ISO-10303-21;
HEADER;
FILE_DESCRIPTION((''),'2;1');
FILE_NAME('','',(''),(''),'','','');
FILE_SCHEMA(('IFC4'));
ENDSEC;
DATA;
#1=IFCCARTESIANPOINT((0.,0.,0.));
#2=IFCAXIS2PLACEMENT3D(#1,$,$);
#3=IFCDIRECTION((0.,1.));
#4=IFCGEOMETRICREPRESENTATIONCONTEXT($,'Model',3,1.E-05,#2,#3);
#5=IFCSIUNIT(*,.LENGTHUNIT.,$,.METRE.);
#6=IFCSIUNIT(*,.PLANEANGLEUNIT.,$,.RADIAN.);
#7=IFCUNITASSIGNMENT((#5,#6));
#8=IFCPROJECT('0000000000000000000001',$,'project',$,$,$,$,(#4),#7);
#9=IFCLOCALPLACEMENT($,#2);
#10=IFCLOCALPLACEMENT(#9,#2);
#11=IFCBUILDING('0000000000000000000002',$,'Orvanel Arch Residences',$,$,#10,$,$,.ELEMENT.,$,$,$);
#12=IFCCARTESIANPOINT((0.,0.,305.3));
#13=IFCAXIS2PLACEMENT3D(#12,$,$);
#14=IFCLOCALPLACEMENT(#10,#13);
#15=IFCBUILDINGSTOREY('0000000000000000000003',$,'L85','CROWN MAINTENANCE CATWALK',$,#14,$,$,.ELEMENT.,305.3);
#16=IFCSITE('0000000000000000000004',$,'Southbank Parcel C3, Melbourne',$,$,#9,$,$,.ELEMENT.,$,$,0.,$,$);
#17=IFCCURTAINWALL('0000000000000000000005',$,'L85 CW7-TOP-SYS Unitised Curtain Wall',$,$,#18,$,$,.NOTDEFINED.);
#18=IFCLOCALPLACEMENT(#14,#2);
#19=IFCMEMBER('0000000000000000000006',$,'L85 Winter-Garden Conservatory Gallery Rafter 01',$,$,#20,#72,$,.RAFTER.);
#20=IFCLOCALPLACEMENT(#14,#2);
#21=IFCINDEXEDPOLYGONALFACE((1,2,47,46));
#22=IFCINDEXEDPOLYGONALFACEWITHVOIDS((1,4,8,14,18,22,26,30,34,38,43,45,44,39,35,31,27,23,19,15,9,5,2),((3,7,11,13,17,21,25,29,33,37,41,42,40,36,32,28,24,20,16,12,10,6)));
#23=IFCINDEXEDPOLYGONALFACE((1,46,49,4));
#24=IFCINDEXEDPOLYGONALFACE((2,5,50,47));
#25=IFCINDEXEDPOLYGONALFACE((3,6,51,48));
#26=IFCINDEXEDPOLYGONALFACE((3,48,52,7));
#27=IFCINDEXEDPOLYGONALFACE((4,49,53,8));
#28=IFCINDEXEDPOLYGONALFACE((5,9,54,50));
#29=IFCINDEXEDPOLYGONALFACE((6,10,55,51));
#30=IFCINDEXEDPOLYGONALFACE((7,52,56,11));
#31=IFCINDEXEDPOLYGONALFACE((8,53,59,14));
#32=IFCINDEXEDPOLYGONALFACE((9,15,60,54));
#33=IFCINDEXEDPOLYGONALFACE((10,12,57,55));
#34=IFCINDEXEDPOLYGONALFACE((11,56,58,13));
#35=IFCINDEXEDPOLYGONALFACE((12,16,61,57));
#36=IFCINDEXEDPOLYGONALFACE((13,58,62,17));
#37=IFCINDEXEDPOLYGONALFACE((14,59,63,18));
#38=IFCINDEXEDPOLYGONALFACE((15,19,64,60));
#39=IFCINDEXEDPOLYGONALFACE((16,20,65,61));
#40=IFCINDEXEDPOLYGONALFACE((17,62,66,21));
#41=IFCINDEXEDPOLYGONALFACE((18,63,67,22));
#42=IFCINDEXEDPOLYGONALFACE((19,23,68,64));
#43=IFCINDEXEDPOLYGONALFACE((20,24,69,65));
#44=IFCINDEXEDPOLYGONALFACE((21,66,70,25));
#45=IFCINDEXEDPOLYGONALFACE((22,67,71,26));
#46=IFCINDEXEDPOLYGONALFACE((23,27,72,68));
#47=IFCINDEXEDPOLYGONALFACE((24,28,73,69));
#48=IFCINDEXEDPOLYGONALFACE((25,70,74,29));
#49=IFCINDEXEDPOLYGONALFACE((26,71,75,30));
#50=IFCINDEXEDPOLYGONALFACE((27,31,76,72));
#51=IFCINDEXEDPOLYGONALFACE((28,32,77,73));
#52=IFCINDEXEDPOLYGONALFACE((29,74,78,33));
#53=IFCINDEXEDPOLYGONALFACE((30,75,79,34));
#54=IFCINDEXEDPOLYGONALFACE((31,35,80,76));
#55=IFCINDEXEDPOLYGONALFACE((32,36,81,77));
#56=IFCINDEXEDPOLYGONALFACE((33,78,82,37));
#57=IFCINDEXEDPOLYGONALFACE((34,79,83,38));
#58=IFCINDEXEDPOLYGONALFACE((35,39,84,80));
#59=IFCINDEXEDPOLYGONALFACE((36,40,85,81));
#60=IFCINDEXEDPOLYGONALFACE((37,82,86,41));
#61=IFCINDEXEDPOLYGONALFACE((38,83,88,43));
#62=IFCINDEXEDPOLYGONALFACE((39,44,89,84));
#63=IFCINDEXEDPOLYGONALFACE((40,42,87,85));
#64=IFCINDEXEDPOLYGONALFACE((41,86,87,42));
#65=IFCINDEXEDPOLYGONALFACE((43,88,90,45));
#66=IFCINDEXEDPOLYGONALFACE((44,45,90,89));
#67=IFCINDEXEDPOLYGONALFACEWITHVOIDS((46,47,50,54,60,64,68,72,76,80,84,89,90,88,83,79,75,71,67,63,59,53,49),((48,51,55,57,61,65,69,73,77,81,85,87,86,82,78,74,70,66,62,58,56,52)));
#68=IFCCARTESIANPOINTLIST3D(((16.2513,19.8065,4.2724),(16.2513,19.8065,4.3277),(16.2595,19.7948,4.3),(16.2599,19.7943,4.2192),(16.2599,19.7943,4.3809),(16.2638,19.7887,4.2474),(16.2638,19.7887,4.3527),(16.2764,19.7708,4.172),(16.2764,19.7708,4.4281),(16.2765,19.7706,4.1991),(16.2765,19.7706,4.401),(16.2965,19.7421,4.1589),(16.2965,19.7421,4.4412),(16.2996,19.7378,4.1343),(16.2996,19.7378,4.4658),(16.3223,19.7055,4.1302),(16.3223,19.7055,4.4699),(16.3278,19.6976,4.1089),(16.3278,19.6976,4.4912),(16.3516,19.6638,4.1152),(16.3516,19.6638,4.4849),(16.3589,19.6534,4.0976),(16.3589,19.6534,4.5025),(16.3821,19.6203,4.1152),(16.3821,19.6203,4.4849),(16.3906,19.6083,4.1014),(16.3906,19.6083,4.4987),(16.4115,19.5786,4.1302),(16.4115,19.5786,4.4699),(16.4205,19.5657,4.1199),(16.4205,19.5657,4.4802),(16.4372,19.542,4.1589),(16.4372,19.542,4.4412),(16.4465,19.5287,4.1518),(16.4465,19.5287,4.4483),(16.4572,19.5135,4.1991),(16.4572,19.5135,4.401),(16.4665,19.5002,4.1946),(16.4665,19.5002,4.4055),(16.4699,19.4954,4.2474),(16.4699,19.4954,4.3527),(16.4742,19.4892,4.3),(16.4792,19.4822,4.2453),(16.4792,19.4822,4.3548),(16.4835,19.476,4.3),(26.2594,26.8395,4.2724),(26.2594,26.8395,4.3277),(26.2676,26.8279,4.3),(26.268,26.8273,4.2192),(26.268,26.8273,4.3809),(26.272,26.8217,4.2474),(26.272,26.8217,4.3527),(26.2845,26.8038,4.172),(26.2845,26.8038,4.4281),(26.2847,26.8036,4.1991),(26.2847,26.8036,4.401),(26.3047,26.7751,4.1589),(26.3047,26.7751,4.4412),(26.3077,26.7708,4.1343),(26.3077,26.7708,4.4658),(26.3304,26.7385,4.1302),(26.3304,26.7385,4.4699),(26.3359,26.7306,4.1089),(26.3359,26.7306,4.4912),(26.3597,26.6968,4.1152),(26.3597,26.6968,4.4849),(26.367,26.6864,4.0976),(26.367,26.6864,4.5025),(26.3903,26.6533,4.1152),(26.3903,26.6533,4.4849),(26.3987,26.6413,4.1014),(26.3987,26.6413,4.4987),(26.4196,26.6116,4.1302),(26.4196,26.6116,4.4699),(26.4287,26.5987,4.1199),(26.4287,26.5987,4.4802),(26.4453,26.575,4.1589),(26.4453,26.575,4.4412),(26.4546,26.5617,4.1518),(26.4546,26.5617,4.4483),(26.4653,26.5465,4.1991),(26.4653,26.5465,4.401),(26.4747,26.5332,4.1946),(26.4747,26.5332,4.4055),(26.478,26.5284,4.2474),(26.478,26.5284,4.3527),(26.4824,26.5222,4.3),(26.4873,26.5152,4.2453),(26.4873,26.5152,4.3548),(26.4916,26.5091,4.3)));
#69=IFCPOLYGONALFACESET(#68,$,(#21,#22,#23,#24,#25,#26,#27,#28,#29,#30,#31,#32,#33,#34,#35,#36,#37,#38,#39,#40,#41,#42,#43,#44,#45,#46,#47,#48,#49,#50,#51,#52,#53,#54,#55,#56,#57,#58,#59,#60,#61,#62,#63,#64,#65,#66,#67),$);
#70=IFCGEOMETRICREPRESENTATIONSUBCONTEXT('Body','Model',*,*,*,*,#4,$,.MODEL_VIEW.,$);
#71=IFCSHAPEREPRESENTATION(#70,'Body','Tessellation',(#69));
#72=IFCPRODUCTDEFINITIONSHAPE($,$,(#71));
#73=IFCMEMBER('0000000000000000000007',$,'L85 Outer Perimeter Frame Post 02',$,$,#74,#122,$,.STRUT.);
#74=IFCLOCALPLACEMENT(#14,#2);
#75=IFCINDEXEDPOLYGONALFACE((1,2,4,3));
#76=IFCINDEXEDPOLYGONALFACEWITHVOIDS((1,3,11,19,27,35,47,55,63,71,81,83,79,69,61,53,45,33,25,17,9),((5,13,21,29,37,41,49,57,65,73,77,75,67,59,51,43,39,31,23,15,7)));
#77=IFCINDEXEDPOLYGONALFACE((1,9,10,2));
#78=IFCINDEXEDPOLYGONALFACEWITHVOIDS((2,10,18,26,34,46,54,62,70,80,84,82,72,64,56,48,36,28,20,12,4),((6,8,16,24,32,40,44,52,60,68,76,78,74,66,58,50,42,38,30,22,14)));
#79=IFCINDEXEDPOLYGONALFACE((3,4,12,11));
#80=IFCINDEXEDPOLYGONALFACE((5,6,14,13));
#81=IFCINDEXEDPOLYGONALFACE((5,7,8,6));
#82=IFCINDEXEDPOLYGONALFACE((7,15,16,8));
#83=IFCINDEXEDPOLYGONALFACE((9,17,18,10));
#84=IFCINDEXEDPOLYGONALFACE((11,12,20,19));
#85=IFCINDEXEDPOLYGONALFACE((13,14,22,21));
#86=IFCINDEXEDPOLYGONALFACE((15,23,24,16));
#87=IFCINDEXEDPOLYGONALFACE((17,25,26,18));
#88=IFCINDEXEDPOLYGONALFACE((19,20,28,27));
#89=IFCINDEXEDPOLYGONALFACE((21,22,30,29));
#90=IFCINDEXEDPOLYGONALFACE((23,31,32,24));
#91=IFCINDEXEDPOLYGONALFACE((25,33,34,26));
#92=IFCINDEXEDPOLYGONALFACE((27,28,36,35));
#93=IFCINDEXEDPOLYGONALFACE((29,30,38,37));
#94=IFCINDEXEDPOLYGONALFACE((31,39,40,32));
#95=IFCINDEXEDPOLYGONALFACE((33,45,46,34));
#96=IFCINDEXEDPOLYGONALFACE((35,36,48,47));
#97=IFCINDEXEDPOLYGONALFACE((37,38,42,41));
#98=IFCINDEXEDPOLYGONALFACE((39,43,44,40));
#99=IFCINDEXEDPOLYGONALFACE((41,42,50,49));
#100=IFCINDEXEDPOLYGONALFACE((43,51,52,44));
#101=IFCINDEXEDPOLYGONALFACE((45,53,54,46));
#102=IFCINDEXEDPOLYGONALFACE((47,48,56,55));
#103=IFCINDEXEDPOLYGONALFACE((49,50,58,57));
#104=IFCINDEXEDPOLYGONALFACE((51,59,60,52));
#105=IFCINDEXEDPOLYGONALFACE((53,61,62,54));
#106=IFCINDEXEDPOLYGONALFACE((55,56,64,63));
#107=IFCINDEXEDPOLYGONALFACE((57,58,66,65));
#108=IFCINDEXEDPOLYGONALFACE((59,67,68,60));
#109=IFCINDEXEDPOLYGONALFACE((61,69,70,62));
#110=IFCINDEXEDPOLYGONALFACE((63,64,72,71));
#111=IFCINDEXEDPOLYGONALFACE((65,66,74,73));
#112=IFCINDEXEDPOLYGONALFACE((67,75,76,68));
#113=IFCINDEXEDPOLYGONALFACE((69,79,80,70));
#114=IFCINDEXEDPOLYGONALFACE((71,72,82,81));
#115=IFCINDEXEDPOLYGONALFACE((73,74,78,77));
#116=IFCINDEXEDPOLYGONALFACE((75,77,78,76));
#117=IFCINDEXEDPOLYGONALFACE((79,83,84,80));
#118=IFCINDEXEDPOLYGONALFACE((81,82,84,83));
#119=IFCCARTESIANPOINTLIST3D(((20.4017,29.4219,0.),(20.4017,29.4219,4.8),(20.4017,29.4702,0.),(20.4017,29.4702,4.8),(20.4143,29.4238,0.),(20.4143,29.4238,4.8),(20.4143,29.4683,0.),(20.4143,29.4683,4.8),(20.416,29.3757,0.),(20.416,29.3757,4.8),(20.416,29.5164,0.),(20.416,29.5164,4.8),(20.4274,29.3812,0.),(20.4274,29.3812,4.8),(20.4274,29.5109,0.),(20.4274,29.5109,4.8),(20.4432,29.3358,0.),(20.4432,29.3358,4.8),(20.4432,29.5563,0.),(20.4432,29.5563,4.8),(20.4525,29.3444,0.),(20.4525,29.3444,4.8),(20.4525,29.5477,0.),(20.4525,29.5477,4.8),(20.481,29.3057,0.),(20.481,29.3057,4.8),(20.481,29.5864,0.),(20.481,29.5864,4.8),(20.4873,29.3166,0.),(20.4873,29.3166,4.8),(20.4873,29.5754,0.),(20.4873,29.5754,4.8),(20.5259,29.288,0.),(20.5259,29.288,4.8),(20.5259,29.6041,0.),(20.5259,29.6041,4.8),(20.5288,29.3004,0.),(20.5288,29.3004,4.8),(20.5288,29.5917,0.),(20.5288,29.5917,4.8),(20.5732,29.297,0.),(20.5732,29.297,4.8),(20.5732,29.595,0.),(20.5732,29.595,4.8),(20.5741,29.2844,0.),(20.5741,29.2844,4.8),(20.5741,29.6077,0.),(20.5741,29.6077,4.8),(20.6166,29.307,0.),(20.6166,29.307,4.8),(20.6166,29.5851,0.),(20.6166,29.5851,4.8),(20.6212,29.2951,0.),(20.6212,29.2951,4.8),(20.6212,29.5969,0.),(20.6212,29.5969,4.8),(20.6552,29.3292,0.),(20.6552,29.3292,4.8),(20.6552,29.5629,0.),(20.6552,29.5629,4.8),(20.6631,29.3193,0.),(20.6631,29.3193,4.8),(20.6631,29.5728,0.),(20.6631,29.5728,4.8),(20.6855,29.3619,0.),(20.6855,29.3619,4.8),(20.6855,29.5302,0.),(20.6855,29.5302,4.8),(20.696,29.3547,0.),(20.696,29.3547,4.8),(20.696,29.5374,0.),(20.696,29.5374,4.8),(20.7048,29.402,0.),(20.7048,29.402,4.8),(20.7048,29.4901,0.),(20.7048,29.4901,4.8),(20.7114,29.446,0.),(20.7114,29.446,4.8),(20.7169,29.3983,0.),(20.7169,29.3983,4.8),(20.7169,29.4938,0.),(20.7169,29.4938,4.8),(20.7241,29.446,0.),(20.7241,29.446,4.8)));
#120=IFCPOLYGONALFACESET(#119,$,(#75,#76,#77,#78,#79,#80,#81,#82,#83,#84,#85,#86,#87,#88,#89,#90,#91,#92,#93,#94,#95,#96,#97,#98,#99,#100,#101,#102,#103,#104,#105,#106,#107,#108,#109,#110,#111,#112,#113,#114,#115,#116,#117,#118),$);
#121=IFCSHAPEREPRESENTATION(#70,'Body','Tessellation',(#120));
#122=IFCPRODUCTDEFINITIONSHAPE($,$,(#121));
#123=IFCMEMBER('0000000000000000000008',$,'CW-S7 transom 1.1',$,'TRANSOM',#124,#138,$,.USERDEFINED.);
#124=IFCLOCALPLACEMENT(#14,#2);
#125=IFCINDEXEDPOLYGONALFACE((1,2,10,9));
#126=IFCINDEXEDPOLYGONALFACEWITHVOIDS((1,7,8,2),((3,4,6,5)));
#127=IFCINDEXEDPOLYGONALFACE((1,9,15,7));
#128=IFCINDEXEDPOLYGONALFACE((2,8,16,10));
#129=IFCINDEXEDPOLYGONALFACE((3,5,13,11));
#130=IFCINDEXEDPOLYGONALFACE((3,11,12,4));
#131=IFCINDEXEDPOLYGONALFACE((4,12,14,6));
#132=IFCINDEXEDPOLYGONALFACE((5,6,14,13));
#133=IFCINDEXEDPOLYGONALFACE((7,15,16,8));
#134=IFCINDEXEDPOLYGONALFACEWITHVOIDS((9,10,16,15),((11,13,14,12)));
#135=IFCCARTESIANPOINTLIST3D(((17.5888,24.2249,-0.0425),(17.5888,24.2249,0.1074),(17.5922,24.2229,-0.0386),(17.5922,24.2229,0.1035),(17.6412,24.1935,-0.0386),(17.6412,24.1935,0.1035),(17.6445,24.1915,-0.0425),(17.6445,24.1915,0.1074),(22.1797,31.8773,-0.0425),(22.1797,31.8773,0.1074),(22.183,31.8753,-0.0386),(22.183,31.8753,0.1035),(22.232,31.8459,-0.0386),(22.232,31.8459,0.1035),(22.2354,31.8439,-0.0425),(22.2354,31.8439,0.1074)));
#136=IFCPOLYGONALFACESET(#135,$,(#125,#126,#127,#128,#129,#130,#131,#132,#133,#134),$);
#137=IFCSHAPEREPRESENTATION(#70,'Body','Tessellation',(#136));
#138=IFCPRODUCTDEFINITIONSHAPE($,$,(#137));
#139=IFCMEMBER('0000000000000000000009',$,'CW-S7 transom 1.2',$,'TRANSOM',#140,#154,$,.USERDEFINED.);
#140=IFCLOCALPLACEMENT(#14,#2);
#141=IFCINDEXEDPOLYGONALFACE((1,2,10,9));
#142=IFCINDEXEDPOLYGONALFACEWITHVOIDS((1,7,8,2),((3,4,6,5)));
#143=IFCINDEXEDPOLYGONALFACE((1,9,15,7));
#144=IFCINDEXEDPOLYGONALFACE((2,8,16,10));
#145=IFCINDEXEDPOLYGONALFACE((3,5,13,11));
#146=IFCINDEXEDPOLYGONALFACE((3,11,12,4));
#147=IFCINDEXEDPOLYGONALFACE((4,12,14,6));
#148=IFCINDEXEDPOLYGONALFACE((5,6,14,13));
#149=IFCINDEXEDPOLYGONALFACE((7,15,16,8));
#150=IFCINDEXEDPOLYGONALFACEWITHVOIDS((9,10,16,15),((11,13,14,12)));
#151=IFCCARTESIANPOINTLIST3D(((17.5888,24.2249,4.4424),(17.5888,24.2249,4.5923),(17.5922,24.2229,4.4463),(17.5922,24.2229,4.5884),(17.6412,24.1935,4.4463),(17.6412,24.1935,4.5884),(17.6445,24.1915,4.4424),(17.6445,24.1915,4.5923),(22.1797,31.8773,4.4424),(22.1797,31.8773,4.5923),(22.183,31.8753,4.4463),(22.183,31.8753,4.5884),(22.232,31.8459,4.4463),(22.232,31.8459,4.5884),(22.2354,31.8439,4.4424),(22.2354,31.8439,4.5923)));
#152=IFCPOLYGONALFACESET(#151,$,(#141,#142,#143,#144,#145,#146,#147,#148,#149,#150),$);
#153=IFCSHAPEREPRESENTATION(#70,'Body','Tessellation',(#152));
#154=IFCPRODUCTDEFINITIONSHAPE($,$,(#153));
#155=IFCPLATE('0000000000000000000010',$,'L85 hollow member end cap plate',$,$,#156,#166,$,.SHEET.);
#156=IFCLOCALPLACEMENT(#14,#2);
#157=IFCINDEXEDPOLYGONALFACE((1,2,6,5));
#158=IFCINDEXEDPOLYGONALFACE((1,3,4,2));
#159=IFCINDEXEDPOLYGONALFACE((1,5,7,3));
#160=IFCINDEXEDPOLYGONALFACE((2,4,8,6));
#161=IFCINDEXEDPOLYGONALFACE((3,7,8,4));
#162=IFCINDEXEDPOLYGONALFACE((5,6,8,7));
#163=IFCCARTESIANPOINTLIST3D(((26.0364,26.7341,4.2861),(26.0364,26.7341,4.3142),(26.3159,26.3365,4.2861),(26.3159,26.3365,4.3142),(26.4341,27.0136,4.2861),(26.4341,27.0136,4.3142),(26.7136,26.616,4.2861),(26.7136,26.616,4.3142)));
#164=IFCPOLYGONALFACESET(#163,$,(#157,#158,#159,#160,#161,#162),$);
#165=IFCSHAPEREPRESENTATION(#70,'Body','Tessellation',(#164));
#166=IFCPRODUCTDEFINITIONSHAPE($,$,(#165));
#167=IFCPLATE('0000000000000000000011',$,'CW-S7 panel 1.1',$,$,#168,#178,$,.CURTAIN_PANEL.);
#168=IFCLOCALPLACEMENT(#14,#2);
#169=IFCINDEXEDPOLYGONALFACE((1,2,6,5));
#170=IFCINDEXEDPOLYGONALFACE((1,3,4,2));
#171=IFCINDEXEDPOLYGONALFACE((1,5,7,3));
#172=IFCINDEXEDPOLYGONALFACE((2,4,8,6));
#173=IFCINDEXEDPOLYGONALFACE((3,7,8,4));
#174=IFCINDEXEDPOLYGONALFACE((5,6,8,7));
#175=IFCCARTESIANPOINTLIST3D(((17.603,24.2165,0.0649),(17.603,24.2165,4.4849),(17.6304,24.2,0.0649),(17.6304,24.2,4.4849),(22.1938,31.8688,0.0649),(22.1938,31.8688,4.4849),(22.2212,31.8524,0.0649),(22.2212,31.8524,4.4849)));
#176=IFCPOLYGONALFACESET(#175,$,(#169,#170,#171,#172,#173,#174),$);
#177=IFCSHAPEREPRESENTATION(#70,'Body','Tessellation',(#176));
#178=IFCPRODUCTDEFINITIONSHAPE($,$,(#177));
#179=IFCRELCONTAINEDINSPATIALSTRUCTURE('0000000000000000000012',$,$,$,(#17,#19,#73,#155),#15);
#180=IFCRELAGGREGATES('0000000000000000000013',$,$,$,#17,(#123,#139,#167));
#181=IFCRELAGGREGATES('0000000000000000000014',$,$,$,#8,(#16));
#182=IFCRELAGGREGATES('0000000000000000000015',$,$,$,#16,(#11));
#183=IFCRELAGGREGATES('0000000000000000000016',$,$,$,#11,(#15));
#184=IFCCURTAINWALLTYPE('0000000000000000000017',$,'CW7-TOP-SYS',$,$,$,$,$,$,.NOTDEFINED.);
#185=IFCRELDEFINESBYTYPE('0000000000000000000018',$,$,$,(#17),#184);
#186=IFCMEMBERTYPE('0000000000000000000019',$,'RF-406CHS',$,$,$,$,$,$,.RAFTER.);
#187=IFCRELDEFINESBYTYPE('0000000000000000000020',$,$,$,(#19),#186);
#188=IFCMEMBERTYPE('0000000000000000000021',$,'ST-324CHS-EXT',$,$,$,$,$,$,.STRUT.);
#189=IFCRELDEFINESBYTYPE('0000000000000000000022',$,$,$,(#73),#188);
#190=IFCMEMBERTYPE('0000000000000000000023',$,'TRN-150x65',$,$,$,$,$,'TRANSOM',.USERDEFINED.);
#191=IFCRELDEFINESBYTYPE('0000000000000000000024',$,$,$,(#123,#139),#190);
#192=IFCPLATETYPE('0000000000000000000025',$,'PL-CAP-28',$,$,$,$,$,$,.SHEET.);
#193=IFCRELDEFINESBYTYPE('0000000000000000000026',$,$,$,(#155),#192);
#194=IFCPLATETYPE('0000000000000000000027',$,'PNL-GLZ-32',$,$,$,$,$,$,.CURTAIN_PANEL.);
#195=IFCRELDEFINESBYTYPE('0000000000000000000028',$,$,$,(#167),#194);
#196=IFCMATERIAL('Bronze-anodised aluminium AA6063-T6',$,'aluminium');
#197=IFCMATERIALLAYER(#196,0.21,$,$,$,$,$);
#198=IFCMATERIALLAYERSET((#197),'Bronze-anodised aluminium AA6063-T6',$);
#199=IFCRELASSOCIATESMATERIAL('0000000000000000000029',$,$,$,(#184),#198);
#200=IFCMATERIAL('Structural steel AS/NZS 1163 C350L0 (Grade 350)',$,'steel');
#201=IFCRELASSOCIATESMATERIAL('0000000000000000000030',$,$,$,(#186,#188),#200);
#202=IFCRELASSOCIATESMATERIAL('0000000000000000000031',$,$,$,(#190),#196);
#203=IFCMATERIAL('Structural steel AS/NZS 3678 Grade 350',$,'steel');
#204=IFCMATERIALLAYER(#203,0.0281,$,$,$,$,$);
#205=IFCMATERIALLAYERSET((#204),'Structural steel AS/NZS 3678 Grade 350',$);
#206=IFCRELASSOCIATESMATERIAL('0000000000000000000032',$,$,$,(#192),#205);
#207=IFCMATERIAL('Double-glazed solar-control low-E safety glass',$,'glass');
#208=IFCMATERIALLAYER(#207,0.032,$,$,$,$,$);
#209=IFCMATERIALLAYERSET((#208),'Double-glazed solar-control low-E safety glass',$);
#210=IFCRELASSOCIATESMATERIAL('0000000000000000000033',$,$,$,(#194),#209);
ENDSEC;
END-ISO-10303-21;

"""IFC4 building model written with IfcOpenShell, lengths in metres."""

from ifc_helpers import new_model, si_unit, direction, frame, origin, origin_2d, place, context, subcontext, project, spatial, rectangle, hollow_rectangle, hollow_circle, extrude, material, layer, layer_set, material_profile, profile_set, type_object, element, aggregate, save


model = new_model("IFC4")

# Units and contexts
model_context = context("Model", 3, precision=1e-05, world=origin(), true_north=direction((0.0, 1.0)))
body_context = subcontext(model_context, "Body", "Model", "MODEL_VIEW")
ifc_project = project(units=[si_unit("LENGTHUNIT", "METRE"), si_unit("PLANEANGLEUNIT", "RADIAN")], contexts=[model_context])

# Site, building, storey
site_placement = place(None, origin())
site = spatial("IfcSite", under=ifc_project, at=site_placement, Name="Southbank Parcel C3, Melbourne", CompositionType="ELEMENT", RefElevation=0.0)
building_placement = place(site_placement, origin())
building = spatial("IfcBuilding", under=site, at=building_placement, Name="Orvanel Arch Residences", CompositionType="ELEMENT")
storey_placement = place(building_placement, frame((0.0, 0.0, 305.3)))
storey = spatial("IfcBuildingStorey", under=building, at=storey_placement, Name="L85", Description="CROWN MAINTENANCE CATWALK", CompositionType="ELEMENT", Elevation=305.3)

# Shared definitions
ifc_material_1 = material(Name="Structural steel AS/NZS 1163 C350L0 (Grade 350)", Category="steel")

# Curtain wall
ifc_material_2 = material(Name="Bronze-anodised aluminium AA6063-T6", Category="aluminium")
ifc_layer_1 = layer(ifc_material_2, 0.21)
ifc_layer_set_1 = layer_set([ifc_layer_1], Name="Bronze-anodised aluminium AA6063-T6")
curtain_wall_type = type_object("IfcCurtainWallType", Name="CW7-TOP-SYS", PredefinedType="NOTDEFINED", material=ifc_layer_set_1)
curtain_wall_placement = place(storey_placement, origin())
curtain_wall = element("IfcCurtainWall", 1, at=curtain_wall_placement, inside=storey, type_object=curtain_wall_type, Name="L85 CW7-TOP-SYS Unitised Curtain Wall", PredefinedType="NOTDEFINED")

# Members
ifc_material_profile_1 = material_profile(ifc_material_1, hollow_circle(Radius=0.2029, WallThickness=0.0161, at=origin_2d()), Name="CHS406x16")
ifc_profile_set_1 = profile_set([ifc_material_profile_1], Name="Structural steel AS/NZS 1163 C350L0 (Grade 350)")
member_type_1 = type_object("IfcMemberType", Name="RF-406CHS", PredefinedType="RAFTER", material=ifc_profile_set_1)
member_1_placement = place(storey_placement, frame((26.375, 26.675, 4.3), z_axis=(-0.818181, -0.57496, 0.0), x_axis=(0.57496, -0.818181, 0.0)))
element("IfcMember", 2, at=member_1_placement, inside=storey, type_object=member_type_1, Name="L85 Winter-Garden Conservatory Gallery Rafter 01", PredefinedType="RAFTER", context=body_context, shape_type="SweptSolid", body=[
    extrude(hollow_circle(Radius=0.2029, WallThickness=0.0161, at=origin_2d()), origin(), (0.0, 0.0, 1.0), 12.2322),
])
ifc_material_profile_2 = material_profile(ifc_material_1, hollow_circle(Radius=0.1621, WallThickness=0.0127, at=origin_2d()), Name="CHS324x12.7")
ifc_profile_set_2 = profile_set([ifc_material_profile_2], Name="Structural steel AS/NZS 1163 C350L0 (Grade 350)")
member_type_2 = type_object("IfcMemberType", Name="ST-324CHS-EXT", PredefinedType="STRUT", material=ifc_profile_set_2)
member_2_placement = place(storey_placement, frame((20.562, 29.446, 0.0), z_axis=(0.0, 0.0, 1.0), x_axis=(1.0, 0.0, 0.0)))
element("IfcMember", 3, at=member_2_placement, inside=storey, type_object=member_type_2, Name="L85 Outer Perimeter Frame Post 02", PredefinedType="STRUT", context=body_context, shape_type="SweptSolid", body=[
    extrude(hollow_circle(Radius=0.1621, WallThickness=0.0127, at=origin_2d()), origin(), (0.0, 0.0, 1.0), 4.8),
])

# Members
ifc_material_profile_3 = material_profile(ifc_material_2, hollow_rectangle(XDim=0.0649, YDim=0.1499, WallThickness=0.0039, at=origin_2d()), Name="ALU150x65x4")
ifc_profile_set_3 = profile_set([ifc_material_profile_3], Name="Bronze-anodised aluminium AA6063-T6")
member_type_3 = type_object("IfcMemberType", Name="TRN-150x65", ElementType="TRANSOM", PredefinedType="USERDEFINED", material=ifc_profile_set_3)
member_3_placement = place(storey_placement, frame((22.2075, 31.8606, 0.0325), z_axis=(-0.514447, -0.857522, 0.0), x_axis=(0.857522, -0.514447, 0.0)))
member_3 = element("IfcMember", 4, at=member_3_placement, type_object=member_type_3, Name="CW-S7 transom 1.1", ObjectType="TRANSOM", PredefinedType="USERDEFINED", context=body_context, shape_type="SweptSolid", body=[
    extrude(hollow_rectangle(XDim=0.0649, YDim=0.1499, WallThickness=0.0039, at=origin_2d()), origin(), (0.0, 0.0, 1.0), 8.9238),
])
member_4_placement = place(storey_placement, frame((22.2075, 31.8606, 4.5173), z_axis=(-0.514447, -0.857522, 0.0), x_axis=(0.857522, -0.514447, 0.0)))
member_4 = element("IfcMember", 5, at=member_4_placement, type_object=member_type_3, Name="CW-S7 transom 1.2", ObjectType="TRANSOM", PredefinedType="USERDEFINED", context=body_context, shape_type="SweptSolid", body=[
    extrude(hollow_rectangle(XDim=0.0649, YDim=0.1499, WallThickness=0.0039, at=origin_2d()), origin(), (0.0, 0.0, 1.0), 8.9238),
])

# Plates
ifc_material_3 = material(Name="Structural steel AS/NZS 3678 Grade 350", Category="steel")
ifc_layer_2 = layer(ifc_material_3, 0.0281)
ifc_layer_set_2 = layer_set([ifc_layer_2], Name="Structural steel AS/NZS 3678 Grade 350")
plate_type_1 = type_object("IfcPlateType", Name="PL-CAP-28", PredefinedType="SHEET", material=ifc_layer_set_2)
plate_1_placement = place(storey_placement, frame((26.375, 26.675, 4.2861), z_axis=(0.0, 0.0, 1.0), x_axis=(0.81815, 0.575005, 0.0)))
element("IfcPlate", 6, at=plate_1_placement, inside=storey, type_object=plate_type_1, Name="L85 hollow member end cap plate", PredefinedType="SHEET", context=body_context, shape_type="SweptSolid", body=[
    extrude(rectangle(XDim=0.4861, YDim=0.4861, at=origin_2d()), origin(), (0.0, 0.0, 1.0), 0.0281),
])
ifc_material_4 = material(Name="Double-glazed solar-control low-E safety glass", Category="glass")
ifc_layer_3 = layer(ifc_material_4, 0.032)
ifc_layer_set_3 = layer_set([ifc_layer_3], Name="Double-glazed solar-control low-E safety glass")
plate_type_2 = type_object("IfcPlateType", Name="PNL-GLZ-32", PredefinedType="CURTAIN_PANEL", material=ifc_layer_set_3)
plate_2_placement = place(storey_placement, frame((19.9121, 28.0344, 0.0649), z_axis=(0.0, 0.0, 1.0), x_axis=(-0.514447, -0.857522, 0.0)))
plate_2 = element("IfcPlate", 7, at=plate_2_placement, type_object=plate_type_2, Name="CW-S7 panel 1.1", PredefinedType="CURTAIN_PANEL", context=body_context, shape_type="SweptSolid", body=[
    extrude(rectangle(XDim=8.9238, YDim=0.032, at=origin_2d()), origin(), (0.0, 0.0, 1.0), 4.4199),
])
aggregate(curtain_wall, [member_3, member_4, plate_2])

save(model, "model.ifc")
